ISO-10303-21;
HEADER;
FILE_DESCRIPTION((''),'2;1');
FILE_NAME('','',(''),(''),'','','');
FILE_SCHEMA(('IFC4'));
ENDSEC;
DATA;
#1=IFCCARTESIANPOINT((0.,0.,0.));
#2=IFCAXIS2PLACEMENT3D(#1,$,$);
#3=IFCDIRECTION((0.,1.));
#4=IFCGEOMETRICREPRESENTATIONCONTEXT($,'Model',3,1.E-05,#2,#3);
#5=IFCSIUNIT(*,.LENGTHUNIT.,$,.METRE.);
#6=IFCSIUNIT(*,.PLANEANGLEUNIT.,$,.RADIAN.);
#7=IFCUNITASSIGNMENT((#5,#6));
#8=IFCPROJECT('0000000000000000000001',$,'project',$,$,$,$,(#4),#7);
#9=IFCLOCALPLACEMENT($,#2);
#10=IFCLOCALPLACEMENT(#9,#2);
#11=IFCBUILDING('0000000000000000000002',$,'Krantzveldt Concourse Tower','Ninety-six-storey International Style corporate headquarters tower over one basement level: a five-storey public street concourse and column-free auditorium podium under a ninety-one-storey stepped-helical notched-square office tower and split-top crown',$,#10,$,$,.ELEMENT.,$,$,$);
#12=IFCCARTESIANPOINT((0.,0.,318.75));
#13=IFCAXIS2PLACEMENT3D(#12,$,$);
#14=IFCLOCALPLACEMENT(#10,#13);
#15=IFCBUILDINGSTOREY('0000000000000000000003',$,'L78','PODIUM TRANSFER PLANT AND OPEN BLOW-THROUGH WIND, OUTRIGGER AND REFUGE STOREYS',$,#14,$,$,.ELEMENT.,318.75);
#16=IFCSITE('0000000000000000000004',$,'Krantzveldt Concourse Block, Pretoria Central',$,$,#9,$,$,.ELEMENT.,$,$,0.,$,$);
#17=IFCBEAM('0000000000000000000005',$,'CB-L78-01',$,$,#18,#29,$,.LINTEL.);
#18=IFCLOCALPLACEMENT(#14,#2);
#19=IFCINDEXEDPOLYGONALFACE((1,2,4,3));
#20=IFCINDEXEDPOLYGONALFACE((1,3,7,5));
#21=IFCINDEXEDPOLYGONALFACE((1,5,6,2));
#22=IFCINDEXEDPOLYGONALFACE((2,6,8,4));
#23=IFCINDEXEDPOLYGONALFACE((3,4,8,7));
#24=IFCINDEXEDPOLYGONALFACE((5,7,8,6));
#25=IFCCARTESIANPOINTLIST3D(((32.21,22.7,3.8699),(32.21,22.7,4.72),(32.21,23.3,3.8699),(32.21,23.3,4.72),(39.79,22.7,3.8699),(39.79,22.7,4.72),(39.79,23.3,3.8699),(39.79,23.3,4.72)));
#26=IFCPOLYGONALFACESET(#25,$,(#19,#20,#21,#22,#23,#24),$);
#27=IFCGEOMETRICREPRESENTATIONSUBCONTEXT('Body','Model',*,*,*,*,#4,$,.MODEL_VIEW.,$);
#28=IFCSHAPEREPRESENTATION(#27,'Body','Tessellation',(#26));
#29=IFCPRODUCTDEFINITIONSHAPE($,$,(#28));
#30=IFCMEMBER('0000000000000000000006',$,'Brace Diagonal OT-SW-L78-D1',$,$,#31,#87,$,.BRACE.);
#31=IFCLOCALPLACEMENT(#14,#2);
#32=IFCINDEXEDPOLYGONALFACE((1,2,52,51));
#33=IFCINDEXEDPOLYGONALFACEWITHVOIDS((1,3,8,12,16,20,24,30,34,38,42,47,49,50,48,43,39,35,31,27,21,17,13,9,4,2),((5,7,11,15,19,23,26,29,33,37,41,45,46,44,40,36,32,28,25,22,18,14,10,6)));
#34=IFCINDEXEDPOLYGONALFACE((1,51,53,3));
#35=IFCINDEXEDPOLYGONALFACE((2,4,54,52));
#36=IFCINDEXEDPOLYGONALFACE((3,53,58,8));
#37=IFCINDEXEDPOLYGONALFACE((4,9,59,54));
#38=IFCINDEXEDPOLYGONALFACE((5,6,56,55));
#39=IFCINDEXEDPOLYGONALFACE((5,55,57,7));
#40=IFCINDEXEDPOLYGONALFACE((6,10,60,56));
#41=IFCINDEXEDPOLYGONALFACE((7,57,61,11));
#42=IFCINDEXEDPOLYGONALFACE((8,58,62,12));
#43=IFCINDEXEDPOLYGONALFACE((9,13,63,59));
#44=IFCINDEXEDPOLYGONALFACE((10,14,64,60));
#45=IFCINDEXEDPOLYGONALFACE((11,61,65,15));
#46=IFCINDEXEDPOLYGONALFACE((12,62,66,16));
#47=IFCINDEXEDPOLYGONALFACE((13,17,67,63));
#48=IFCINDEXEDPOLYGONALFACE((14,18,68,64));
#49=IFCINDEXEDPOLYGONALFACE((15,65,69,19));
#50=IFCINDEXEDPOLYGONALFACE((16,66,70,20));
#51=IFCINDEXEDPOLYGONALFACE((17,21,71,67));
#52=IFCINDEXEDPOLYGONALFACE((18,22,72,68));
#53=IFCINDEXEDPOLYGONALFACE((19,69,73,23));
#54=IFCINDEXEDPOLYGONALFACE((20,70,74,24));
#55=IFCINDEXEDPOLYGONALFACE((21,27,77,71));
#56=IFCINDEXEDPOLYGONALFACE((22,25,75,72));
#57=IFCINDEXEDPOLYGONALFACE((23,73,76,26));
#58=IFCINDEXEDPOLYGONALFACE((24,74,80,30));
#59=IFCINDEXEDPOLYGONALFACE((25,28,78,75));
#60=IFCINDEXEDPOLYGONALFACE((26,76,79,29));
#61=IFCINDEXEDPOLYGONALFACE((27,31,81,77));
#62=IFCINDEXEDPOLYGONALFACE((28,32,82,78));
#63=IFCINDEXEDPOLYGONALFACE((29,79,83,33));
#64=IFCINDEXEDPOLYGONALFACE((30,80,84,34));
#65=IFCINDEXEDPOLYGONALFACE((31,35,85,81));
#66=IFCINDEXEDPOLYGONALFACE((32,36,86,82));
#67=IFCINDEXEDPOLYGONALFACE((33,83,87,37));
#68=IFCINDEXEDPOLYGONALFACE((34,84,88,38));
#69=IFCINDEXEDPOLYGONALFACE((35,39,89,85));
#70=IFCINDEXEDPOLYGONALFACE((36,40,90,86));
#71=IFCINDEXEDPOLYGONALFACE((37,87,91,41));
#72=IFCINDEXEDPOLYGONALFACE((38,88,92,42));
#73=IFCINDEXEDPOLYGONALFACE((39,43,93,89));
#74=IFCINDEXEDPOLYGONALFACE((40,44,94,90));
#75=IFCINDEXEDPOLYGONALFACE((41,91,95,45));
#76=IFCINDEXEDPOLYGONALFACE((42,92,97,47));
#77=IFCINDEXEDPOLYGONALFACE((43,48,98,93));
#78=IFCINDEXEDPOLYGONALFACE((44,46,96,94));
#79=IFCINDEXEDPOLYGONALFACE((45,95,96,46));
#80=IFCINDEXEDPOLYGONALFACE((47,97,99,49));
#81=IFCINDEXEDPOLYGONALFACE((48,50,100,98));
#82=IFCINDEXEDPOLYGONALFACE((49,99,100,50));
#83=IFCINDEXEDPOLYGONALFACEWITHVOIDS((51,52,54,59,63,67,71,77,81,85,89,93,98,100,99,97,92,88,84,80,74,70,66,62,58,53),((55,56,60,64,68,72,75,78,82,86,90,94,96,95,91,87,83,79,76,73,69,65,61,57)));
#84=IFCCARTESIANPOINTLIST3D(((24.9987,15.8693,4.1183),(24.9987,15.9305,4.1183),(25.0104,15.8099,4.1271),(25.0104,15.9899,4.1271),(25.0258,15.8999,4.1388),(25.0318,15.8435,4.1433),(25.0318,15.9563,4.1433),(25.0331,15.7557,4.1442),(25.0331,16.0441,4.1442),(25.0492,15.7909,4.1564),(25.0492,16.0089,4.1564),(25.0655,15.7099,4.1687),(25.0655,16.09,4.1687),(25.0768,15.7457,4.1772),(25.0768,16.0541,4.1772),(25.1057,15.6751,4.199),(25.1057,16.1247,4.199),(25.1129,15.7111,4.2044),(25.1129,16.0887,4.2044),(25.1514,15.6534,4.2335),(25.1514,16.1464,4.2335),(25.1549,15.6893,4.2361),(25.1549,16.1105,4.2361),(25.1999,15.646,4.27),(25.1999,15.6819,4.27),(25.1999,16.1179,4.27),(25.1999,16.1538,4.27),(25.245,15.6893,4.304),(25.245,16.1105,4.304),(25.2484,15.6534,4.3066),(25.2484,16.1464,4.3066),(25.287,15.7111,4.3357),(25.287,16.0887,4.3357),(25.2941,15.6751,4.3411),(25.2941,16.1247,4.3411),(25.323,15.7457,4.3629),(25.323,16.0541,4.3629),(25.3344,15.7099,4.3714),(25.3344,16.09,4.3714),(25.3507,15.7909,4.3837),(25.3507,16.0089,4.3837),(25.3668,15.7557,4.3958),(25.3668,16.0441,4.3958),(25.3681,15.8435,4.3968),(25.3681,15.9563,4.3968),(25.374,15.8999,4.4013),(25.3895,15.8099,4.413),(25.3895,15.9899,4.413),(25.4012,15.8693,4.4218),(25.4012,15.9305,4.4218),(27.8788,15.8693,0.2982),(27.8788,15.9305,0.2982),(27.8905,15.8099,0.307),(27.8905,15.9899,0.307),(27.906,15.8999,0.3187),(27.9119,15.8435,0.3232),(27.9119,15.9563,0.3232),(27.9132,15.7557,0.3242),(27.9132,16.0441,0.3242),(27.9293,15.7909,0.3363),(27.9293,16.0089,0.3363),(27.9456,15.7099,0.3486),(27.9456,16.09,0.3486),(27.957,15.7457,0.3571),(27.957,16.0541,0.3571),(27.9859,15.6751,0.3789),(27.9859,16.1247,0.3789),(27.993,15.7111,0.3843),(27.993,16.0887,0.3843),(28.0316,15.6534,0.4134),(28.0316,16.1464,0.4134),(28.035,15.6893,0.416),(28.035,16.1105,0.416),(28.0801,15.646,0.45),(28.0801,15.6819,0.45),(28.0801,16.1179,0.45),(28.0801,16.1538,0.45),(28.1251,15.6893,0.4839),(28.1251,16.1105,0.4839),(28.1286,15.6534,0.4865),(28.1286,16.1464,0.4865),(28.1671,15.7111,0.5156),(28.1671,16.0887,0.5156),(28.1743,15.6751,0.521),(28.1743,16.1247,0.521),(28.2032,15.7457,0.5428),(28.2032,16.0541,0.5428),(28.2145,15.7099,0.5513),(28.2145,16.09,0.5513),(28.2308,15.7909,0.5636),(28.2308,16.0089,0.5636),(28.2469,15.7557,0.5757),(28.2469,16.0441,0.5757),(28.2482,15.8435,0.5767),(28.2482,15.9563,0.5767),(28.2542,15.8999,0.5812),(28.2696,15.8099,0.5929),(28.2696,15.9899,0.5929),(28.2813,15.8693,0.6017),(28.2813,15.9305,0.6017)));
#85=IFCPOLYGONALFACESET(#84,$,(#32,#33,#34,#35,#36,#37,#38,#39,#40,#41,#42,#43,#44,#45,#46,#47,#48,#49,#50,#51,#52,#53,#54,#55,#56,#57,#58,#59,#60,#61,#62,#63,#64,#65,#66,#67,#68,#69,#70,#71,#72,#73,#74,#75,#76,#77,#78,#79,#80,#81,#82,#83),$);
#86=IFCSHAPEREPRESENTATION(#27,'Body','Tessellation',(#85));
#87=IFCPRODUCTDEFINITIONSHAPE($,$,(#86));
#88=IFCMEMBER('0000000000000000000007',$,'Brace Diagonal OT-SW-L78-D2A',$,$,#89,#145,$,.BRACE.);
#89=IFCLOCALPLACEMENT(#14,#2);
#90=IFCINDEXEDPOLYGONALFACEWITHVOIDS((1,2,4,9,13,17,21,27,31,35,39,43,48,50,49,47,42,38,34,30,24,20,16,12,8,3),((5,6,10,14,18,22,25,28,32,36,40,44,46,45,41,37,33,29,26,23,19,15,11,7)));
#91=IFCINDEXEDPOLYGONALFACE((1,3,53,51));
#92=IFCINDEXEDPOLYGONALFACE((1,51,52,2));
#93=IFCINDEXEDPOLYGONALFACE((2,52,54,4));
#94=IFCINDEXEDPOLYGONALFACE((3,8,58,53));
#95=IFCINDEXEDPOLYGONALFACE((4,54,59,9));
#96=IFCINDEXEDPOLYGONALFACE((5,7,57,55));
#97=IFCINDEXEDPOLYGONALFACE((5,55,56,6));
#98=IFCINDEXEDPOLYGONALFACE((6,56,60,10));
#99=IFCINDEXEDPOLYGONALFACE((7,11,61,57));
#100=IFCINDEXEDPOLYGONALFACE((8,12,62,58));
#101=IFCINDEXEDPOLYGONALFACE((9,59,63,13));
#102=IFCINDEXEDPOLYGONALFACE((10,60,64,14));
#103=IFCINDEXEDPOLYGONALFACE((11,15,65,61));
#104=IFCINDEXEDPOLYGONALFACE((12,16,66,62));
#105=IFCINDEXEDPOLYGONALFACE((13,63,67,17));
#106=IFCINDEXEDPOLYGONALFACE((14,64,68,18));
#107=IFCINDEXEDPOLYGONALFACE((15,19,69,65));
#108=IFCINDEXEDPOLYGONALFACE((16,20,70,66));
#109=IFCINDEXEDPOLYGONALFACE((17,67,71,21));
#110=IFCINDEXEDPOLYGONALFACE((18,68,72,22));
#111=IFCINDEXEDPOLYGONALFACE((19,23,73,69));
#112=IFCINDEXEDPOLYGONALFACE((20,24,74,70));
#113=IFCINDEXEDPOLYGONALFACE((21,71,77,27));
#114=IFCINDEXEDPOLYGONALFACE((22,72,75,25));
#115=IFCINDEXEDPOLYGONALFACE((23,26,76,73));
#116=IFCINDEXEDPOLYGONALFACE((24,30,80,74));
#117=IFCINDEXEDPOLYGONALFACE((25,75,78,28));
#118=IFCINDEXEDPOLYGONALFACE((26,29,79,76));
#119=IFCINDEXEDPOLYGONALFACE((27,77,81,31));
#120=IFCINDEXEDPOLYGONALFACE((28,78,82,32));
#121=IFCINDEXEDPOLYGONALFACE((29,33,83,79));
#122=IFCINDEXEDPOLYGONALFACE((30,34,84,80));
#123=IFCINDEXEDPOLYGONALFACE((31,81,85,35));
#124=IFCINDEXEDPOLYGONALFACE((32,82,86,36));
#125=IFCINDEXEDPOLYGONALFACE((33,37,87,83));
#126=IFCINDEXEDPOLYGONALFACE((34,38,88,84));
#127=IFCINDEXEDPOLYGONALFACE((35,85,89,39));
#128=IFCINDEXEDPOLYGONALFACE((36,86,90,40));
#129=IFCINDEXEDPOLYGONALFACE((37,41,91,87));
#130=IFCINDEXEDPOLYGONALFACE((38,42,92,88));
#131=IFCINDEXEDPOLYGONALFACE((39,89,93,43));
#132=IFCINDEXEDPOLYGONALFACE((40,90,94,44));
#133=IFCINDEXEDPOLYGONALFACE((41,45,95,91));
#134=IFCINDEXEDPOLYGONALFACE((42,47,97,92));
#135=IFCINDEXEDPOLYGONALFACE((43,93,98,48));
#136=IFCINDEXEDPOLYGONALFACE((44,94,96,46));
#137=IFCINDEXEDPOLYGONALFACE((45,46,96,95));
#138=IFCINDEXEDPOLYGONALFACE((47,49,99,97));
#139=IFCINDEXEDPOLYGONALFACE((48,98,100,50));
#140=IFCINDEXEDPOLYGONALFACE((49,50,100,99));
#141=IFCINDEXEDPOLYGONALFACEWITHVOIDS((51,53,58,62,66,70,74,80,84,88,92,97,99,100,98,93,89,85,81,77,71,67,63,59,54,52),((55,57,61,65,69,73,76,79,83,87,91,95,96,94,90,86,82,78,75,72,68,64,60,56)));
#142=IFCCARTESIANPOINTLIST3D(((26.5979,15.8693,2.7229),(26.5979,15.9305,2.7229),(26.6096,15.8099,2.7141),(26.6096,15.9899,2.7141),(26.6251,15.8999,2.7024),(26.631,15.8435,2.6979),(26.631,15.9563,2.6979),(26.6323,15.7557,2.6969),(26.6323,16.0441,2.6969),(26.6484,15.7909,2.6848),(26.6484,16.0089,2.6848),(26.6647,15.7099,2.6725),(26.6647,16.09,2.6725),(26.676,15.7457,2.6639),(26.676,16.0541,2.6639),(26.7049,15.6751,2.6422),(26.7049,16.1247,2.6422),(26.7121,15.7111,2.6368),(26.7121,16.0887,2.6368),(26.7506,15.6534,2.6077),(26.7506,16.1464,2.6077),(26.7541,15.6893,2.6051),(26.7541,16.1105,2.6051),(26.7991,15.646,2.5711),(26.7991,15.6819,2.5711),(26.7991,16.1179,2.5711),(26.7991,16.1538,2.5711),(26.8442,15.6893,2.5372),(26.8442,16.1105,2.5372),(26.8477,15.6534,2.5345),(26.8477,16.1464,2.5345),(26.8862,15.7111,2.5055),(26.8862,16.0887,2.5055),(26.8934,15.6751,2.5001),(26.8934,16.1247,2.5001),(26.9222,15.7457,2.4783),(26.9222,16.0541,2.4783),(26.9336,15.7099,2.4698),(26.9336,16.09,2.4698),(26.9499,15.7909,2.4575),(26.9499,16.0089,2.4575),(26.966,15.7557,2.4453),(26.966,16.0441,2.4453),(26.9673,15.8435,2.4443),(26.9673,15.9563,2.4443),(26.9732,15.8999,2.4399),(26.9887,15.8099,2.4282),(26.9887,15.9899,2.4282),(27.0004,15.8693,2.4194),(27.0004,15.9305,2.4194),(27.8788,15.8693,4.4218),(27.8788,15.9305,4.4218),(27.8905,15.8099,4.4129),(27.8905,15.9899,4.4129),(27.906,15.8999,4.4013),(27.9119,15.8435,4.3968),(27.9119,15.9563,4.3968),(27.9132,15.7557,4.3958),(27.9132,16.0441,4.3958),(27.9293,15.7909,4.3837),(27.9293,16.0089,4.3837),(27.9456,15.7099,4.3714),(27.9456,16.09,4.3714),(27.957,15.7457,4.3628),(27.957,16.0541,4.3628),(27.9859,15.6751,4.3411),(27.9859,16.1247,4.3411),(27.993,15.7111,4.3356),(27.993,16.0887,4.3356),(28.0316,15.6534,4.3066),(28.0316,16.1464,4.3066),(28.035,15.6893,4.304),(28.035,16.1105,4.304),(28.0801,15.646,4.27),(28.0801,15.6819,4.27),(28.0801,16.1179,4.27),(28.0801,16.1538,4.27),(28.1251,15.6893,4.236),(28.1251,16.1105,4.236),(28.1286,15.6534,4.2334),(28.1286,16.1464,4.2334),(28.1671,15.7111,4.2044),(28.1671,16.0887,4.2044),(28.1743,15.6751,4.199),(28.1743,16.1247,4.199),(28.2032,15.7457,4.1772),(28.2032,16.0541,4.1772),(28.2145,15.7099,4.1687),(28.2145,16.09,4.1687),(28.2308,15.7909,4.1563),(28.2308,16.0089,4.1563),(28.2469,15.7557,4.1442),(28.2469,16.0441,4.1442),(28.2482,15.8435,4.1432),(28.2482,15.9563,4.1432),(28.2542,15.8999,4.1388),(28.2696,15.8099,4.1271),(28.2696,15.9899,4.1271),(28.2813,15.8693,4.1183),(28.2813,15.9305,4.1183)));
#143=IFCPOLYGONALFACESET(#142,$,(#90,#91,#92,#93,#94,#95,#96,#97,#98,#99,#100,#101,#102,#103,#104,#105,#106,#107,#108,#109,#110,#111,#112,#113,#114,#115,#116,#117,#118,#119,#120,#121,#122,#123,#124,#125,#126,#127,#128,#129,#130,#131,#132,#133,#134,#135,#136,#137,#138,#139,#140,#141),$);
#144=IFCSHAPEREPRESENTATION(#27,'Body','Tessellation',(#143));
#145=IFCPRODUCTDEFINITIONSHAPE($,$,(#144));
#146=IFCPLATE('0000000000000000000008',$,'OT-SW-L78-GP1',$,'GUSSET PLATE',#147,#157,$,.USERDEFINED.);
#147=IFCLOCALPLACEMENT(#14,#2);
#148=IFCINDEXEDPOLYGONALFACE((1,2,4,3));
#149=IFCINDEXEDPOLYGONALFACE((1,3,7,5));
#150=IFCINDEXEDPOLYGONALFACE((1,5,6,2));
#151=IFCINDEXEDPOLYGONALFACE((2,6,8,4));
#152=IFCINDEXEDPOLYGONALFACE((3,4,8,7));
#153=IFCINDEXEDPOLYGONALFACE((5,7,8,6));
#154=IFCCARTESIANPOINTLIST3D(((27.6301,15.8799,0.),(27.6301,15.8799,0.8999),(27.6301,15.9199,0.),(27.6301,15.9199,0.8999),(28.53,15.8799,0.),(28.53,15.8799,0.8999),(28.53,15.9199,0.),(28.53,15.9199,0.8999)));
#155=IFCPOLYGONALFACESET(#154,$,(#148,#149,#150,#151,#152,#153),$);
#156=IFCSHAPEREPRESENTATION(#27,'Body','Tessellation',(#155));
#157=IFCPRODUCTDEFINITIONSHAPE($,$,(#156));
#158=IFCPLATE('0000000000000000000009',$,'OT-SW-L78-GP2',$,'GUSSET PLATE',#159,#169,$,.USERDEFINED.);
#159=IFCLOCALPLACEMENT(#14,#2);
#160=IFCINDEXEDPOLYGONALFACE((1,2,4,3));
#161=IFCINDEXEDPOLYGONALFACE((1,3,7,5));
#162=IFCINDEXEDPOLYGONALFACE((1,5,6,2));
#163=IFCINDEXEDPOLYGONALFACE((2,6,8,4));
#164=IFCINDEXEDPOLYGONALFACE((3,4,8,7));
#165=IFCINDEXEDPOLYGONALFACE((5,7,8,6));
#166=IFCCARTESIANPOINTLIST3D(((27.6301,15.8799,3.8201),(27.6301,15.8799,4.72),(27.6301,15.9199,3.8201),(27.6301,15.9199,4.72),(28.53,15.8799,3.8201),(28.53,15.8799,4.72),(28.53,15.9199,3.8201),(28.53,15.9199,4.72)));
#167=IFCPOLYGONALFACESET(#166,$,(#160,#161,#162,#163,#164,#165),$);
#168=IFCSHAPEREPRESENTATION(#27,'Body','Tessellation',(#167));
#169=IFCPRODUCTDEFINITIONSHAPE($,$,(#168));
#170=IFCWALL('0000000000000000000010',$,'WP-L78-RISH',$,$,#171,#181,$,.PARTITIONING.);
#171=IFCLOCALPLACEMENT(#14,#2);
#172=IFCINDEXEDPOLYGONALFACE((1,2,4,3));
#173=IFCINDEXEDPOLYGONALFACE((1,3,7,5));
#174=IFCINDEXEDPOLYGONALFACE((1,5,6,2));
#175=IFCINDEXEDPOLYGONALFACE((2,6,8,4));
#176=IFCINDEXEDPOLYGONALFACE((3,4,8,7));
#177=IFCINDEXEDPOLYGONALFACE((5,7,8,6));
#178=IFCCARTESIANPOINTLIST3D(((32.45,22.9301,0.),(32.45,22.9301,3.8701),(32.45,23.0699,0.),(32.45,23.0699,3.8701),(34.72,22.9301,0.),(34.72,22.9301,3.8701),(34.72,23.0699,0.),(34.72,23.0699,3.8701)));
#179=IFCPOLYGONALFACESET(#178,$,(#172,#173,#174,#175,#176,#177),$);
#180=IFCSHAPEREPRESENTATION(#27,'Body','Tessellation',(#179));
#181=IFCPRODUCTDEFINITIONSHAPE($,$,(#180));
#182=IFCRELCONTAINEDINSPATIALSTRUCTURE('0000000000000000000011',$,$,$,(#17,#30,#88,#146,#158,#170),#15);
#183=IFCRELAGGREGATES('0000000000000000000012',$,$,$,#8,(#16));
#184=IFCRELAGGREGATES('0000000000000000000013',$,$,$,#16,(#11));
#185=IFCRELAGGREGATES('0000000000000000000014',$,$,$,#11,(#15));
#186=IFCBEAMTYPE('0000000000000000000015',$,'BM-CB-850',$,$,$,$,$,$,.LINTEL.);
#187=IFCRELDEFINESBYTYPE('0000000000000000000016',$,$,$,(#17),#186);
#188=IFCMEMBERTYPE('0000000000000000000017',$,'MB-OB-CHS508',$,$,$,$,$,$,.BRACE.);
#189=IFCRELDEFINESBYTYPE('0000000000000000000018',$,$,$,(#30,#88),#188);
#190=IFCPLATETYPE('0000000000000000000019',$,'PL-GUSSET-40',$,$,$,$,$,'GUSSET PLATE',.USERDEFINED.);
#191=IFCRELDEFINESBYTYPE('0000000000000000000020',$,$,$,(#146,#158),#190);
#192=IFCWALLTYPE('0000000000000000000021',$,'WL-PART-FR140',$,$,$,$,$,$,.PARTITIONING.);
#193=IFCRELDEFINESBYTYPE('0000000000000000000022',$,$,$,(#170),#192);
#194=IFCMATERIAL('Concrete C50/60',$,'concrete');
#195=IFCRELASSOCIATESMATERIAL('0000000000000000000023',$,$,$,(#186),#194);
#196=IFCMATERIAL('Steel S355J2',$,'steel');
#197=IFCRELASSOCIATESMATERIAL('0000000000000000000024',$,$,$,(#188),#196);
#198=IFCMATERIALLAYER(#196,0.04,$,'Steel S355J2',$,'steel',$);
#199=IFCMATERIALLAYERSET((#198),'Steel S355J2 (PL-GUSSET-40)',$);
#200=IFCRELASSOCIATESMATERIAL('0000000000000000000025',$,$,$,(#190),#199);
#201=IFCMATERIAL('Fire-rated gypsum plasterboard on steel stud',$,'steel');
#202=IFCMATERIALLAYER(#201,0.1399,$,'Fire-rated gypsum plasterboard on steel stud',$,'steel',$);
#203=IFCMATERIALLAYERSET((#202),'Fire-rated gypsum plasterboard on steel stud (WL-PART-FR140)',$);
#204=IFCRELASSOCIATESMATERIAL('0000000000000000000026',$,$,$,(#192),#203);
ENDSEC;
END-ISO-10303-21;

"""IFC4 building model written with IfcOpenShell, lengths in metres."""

from ifc_helpers import new_model, si_unit, direction, frame, frame_2d, origin, origin_2d, place, context, subcontext, project, spatial, rectangle, hollow_circle, extrude, source, transform, mapped, material, layer, layer_set, material_profile, profile_set, type_object, type_shapes, element, save


model = new_model("IFC4")

# Units and contexts
model_context = context("Model", 3, precision=1e-05, world=origin(), true_north=direction((0.0, 1.0)))
body_context = subcontext(model_context, "Body", "Model", "MODEL_VIEW")
ifc_project = project(units=[si_unit("LENGTHUNIT", "METRE"), si_unit("PLANEANGLEUNIT", "RADIAN")], contexts=[model_context])

# Site, building, storey
site_placement = place(None, origin())
site = spatial("IfcSite", under=ifc_project, at=site_placement, Name="Krantzveldt Concourse Block, Pretoria Central", CompositionType="ELEMENT", RefElevation=0.0)
building_placement = place(site_placement, origin())
building = spatial("IfcBuilding", under=site, at=building_placement, Name="Krantzveldt Concourse Tower", Description="Ninety-six-storey International Style corporate headquarters tower over one basement level: a five-storey public street concourse and column-free auditorium podium under a ninety-one-storey stepped-helical notched-square office tower and split-top crown", CompositionType="ELEMENT")
storey_placement = place(building_placement, frame((0.0, 0.0, 318.75)))
storey = spatial("IfcBuildingStorey", under=building, at=storey_placement, Name="L78", Description="PODIUM TRANSFER PLANT AND OPEN BLOW-THROUGH WIND, OUTRIGGER AND REFUGE STOREYS", CompositionType="ELEMENT", Elevation=318.75)

# Beam
ifc_material_1 = material(Name="Concrete C50/60", Category="concrete")
ifc_material_profile_1 = material_profile(ifc_material_1, rectangle(XDim=0.6001, YDim=0.8501, at=origin_2d()), Name="Concrete C50/60", Category="concrete")
ifc_profile_set_1 = profile_set([ifc_material_profile_1], Name="Concrete C50/60 - RC-CB 600x850")
beam_type = type_object("IfcBeamType", Name="BM-CB-850", PredefinedType="LINTEL", material=ifc_profile_set_1)
shared_shape_1 = source(origin(), body_context, "Body", "SweptSolid", [
    extrude(rectangle(XDim=0.6001, YDim=0.8501, at=origin_2d()), origin(), (0.0, 0.0, 1.0), 7.5801),
])
type_shapes(beam_type, [shared_shape_1])
beam_placement = place(storey_placement, frame((32.21, 23.0, 4.2949), z_axis=(1.0, 0.0, 0.0), x_axis=(0.0, 1.0, 0.0)))
element("IfcBeam", 1, at=beam_placement, inside=storey, type_object=beam_type, Name="CB-L78-01", PredefinedType="LINTEL", context=body_context, shape_type="MappedRepresentation", body=[
    mapped(shared_shape_1, transform((0.0, 0.0, 0.0), x_axis=(1.0, 0.0, 0.0), y_axis=(0.0, 1.0, 0.0), z_axis=(0.0, 0.0, 1.0), scale=1.0)),
])

# Members
ifc_material_2 = material(Name="Steel S355J2", Category="steel")
ifc_material_profile_2 = material_profile(ifc_material_2, hollow_circle(Radius=0.2539, WallThickness=0.0359, at=origin_2d()), Name="Steel S355J2", Category="steel")
ifc_profile_set_2 = profile_set([ifc_material_profile_2], Name="Steel S355J2 - CHS 508x36")
member_type = type_object("IfcMemberType", Name="MB-OB-CHS508", PredefinedType="BRACE", material=ifc_profile_set_2)
shared_shape_2 = source(origin(), body_context, "Body", "SweptSolid", [
    extrude(hollow_circle(Radius=0.2539, WallThickness=0.0359, at=origin_2d()), origin(), (0.0, 0.0, 1.0), 4.7842),
])
member_1_placement = place(storey_placement, frame((28.0801, 15.8999, 0.45), z_axis=(-0.602015, 0.0, 0.798485), x_axis=(0.0, -1.0, 0.0)))
element("IfcMember", 2, at=member_1_placement, inside=storey, type_object=member_type, Name="Brace Diagonal OT-SW-L78-D1", PredefinedType="BRACE", context=body_context, shape_type="MappedRepresentation", body=[
    mapped(shared_shape_2, transform((0.0, 0.0, 0.0), x_axis=(1.0, 0.0, 0.0), y_axis=(0.0, 1.0, 0.0), z_axis=(0.0, 0.0, 1.0), scale=1.0)),
])
shared_shape_3 = source(origin(), body_context, "Body", "SweptSolid", [
    extrude(hollow_circle(Radius=0.2539, WallThickness=0.0359, at=origin_2d()), origin(), (0.0, 0.0, 1.0), 2.1277),
])
type_shapes(member_type, [shared_shape_2, shared_shape_3])
member_2_placement = place(storey_placement, frame((28.0801, 15.8999, 4.27), z_axis=(-0.602036, 0.0, -0.798469), x_axis=(0.0, -1.0, 0.0)))
element("IfcMember", 3, at=member_2_placement, inside=storey, type_object=member_type, Name="Brace Diagonal OT-SW-L78-D2A", PredefinedType="BRACE", context=body_context, shape_type="MappedRepresentation", body=[
    mapped(shared_shape_3, transform((0.0, 0.0, 0.0), x_axis=(1.0, 0.0, 0.0), y_axis=(0.0, 1.0, 0.0), z_axis=(0.0, 0.0, 1.0), scale=1.0)),
])

# Plates
ifc_layer_1 = layer(ifc_material_2, 0.04, Name="Steel S355J2", Category="steel")
ifc_layer_set_1 = layer_set([ifc_layer_1], Name="Steel S355J2 (PL-GUSSET-40)")
plate_type = type_object("IfcPlateType", Name="PL-GUSSET-40", ElementType="GUSSET PLATE", PredefinedType="USERDEFINED", material=ifc_layer_set_1)
shared_shape_4 = source(origin(), body_context, "Body", "SweptSolid", [
    extrude(rectangle(XDim=0.8999, YDim=0.04, at=origin_2d()), origin(), (0.0, 0.0, 1.0), 0.8999),
])
type_shapes(plate_type, [shared_shape_4])
for number, where, z_axis, x_axis, name in (
    (4, (28.0801, 15.8999, 0.0), (0.0, 0.0, 1.0), (1.0, 0.0, 0.0), "OT-SW-L78-GP1"),
    (5, (28.0801, 15.8999, 3.8201), (0.0, 0.0, 1.0), (1.0, 0.0, 0.0), "OT-SW-L78-GP2"),
):
    element("IfcPlate", number, at=place(storey_placement, frame(where, z_axis=z_axis, x_axis=x_axis)), inside=storey, type_object=plate_type, Name=name, ObjectType="GUSSET PLATE", PredefinedType="USERDEFINED", context=body_context, shape_type="MappedRepresentation", body=[
        mapped(shared_shape_4, transform((0.0, 0.0, 0.0), x_axis=(1.0, 0.0, 0.0), y_axis=(0.0, 1.0, 0.0), z_axis=(0.0, 0.0, 1.0), scale=1.0)),
    ])

# Wall
ifc_material_3 = material(Name="Fire-rated gypsum plasterboard on steel stud", Category="steel")
ifc_layer_2 = layer(ifc_material_3, 0.1399, Name="Fire-rated gypsum plasterboard on steel stud", Category="steel")
ifc_layer_set_2 = layer_set([ifc_layer_2], Name="Fire-rated gypsum plasterboard on steel stud (WL-PART-FR140)")
wall_type_1 = type_object("IfcWallType", Name="WL-PART-FR140", PredefinedType="PARTITIONING", material=ifc_layer_set_2)
wall_1_placement = place(storey_placement, frame((32.45, 23.0, 0.0), z_axis=(0.0, 0.0, 1.0), x_axis=(1.0, 0.0, 0.0)))
element("IfcWall", 6, at=wall_1_placement, inside=storey, type_object=wall_type_1, Name="WP-L78-RISH", PredefinedType="PARTITIONING", context=body_context, shape_type="SweptSolid", body=[
    extrude(rectangle(XDim=2.27, YDim=0.1399, at=frame_2d((1.135, 0.0))), origin(), (0.0, 0.0, 1.0), 3.8701),
])

save(model, "model.ifc")
